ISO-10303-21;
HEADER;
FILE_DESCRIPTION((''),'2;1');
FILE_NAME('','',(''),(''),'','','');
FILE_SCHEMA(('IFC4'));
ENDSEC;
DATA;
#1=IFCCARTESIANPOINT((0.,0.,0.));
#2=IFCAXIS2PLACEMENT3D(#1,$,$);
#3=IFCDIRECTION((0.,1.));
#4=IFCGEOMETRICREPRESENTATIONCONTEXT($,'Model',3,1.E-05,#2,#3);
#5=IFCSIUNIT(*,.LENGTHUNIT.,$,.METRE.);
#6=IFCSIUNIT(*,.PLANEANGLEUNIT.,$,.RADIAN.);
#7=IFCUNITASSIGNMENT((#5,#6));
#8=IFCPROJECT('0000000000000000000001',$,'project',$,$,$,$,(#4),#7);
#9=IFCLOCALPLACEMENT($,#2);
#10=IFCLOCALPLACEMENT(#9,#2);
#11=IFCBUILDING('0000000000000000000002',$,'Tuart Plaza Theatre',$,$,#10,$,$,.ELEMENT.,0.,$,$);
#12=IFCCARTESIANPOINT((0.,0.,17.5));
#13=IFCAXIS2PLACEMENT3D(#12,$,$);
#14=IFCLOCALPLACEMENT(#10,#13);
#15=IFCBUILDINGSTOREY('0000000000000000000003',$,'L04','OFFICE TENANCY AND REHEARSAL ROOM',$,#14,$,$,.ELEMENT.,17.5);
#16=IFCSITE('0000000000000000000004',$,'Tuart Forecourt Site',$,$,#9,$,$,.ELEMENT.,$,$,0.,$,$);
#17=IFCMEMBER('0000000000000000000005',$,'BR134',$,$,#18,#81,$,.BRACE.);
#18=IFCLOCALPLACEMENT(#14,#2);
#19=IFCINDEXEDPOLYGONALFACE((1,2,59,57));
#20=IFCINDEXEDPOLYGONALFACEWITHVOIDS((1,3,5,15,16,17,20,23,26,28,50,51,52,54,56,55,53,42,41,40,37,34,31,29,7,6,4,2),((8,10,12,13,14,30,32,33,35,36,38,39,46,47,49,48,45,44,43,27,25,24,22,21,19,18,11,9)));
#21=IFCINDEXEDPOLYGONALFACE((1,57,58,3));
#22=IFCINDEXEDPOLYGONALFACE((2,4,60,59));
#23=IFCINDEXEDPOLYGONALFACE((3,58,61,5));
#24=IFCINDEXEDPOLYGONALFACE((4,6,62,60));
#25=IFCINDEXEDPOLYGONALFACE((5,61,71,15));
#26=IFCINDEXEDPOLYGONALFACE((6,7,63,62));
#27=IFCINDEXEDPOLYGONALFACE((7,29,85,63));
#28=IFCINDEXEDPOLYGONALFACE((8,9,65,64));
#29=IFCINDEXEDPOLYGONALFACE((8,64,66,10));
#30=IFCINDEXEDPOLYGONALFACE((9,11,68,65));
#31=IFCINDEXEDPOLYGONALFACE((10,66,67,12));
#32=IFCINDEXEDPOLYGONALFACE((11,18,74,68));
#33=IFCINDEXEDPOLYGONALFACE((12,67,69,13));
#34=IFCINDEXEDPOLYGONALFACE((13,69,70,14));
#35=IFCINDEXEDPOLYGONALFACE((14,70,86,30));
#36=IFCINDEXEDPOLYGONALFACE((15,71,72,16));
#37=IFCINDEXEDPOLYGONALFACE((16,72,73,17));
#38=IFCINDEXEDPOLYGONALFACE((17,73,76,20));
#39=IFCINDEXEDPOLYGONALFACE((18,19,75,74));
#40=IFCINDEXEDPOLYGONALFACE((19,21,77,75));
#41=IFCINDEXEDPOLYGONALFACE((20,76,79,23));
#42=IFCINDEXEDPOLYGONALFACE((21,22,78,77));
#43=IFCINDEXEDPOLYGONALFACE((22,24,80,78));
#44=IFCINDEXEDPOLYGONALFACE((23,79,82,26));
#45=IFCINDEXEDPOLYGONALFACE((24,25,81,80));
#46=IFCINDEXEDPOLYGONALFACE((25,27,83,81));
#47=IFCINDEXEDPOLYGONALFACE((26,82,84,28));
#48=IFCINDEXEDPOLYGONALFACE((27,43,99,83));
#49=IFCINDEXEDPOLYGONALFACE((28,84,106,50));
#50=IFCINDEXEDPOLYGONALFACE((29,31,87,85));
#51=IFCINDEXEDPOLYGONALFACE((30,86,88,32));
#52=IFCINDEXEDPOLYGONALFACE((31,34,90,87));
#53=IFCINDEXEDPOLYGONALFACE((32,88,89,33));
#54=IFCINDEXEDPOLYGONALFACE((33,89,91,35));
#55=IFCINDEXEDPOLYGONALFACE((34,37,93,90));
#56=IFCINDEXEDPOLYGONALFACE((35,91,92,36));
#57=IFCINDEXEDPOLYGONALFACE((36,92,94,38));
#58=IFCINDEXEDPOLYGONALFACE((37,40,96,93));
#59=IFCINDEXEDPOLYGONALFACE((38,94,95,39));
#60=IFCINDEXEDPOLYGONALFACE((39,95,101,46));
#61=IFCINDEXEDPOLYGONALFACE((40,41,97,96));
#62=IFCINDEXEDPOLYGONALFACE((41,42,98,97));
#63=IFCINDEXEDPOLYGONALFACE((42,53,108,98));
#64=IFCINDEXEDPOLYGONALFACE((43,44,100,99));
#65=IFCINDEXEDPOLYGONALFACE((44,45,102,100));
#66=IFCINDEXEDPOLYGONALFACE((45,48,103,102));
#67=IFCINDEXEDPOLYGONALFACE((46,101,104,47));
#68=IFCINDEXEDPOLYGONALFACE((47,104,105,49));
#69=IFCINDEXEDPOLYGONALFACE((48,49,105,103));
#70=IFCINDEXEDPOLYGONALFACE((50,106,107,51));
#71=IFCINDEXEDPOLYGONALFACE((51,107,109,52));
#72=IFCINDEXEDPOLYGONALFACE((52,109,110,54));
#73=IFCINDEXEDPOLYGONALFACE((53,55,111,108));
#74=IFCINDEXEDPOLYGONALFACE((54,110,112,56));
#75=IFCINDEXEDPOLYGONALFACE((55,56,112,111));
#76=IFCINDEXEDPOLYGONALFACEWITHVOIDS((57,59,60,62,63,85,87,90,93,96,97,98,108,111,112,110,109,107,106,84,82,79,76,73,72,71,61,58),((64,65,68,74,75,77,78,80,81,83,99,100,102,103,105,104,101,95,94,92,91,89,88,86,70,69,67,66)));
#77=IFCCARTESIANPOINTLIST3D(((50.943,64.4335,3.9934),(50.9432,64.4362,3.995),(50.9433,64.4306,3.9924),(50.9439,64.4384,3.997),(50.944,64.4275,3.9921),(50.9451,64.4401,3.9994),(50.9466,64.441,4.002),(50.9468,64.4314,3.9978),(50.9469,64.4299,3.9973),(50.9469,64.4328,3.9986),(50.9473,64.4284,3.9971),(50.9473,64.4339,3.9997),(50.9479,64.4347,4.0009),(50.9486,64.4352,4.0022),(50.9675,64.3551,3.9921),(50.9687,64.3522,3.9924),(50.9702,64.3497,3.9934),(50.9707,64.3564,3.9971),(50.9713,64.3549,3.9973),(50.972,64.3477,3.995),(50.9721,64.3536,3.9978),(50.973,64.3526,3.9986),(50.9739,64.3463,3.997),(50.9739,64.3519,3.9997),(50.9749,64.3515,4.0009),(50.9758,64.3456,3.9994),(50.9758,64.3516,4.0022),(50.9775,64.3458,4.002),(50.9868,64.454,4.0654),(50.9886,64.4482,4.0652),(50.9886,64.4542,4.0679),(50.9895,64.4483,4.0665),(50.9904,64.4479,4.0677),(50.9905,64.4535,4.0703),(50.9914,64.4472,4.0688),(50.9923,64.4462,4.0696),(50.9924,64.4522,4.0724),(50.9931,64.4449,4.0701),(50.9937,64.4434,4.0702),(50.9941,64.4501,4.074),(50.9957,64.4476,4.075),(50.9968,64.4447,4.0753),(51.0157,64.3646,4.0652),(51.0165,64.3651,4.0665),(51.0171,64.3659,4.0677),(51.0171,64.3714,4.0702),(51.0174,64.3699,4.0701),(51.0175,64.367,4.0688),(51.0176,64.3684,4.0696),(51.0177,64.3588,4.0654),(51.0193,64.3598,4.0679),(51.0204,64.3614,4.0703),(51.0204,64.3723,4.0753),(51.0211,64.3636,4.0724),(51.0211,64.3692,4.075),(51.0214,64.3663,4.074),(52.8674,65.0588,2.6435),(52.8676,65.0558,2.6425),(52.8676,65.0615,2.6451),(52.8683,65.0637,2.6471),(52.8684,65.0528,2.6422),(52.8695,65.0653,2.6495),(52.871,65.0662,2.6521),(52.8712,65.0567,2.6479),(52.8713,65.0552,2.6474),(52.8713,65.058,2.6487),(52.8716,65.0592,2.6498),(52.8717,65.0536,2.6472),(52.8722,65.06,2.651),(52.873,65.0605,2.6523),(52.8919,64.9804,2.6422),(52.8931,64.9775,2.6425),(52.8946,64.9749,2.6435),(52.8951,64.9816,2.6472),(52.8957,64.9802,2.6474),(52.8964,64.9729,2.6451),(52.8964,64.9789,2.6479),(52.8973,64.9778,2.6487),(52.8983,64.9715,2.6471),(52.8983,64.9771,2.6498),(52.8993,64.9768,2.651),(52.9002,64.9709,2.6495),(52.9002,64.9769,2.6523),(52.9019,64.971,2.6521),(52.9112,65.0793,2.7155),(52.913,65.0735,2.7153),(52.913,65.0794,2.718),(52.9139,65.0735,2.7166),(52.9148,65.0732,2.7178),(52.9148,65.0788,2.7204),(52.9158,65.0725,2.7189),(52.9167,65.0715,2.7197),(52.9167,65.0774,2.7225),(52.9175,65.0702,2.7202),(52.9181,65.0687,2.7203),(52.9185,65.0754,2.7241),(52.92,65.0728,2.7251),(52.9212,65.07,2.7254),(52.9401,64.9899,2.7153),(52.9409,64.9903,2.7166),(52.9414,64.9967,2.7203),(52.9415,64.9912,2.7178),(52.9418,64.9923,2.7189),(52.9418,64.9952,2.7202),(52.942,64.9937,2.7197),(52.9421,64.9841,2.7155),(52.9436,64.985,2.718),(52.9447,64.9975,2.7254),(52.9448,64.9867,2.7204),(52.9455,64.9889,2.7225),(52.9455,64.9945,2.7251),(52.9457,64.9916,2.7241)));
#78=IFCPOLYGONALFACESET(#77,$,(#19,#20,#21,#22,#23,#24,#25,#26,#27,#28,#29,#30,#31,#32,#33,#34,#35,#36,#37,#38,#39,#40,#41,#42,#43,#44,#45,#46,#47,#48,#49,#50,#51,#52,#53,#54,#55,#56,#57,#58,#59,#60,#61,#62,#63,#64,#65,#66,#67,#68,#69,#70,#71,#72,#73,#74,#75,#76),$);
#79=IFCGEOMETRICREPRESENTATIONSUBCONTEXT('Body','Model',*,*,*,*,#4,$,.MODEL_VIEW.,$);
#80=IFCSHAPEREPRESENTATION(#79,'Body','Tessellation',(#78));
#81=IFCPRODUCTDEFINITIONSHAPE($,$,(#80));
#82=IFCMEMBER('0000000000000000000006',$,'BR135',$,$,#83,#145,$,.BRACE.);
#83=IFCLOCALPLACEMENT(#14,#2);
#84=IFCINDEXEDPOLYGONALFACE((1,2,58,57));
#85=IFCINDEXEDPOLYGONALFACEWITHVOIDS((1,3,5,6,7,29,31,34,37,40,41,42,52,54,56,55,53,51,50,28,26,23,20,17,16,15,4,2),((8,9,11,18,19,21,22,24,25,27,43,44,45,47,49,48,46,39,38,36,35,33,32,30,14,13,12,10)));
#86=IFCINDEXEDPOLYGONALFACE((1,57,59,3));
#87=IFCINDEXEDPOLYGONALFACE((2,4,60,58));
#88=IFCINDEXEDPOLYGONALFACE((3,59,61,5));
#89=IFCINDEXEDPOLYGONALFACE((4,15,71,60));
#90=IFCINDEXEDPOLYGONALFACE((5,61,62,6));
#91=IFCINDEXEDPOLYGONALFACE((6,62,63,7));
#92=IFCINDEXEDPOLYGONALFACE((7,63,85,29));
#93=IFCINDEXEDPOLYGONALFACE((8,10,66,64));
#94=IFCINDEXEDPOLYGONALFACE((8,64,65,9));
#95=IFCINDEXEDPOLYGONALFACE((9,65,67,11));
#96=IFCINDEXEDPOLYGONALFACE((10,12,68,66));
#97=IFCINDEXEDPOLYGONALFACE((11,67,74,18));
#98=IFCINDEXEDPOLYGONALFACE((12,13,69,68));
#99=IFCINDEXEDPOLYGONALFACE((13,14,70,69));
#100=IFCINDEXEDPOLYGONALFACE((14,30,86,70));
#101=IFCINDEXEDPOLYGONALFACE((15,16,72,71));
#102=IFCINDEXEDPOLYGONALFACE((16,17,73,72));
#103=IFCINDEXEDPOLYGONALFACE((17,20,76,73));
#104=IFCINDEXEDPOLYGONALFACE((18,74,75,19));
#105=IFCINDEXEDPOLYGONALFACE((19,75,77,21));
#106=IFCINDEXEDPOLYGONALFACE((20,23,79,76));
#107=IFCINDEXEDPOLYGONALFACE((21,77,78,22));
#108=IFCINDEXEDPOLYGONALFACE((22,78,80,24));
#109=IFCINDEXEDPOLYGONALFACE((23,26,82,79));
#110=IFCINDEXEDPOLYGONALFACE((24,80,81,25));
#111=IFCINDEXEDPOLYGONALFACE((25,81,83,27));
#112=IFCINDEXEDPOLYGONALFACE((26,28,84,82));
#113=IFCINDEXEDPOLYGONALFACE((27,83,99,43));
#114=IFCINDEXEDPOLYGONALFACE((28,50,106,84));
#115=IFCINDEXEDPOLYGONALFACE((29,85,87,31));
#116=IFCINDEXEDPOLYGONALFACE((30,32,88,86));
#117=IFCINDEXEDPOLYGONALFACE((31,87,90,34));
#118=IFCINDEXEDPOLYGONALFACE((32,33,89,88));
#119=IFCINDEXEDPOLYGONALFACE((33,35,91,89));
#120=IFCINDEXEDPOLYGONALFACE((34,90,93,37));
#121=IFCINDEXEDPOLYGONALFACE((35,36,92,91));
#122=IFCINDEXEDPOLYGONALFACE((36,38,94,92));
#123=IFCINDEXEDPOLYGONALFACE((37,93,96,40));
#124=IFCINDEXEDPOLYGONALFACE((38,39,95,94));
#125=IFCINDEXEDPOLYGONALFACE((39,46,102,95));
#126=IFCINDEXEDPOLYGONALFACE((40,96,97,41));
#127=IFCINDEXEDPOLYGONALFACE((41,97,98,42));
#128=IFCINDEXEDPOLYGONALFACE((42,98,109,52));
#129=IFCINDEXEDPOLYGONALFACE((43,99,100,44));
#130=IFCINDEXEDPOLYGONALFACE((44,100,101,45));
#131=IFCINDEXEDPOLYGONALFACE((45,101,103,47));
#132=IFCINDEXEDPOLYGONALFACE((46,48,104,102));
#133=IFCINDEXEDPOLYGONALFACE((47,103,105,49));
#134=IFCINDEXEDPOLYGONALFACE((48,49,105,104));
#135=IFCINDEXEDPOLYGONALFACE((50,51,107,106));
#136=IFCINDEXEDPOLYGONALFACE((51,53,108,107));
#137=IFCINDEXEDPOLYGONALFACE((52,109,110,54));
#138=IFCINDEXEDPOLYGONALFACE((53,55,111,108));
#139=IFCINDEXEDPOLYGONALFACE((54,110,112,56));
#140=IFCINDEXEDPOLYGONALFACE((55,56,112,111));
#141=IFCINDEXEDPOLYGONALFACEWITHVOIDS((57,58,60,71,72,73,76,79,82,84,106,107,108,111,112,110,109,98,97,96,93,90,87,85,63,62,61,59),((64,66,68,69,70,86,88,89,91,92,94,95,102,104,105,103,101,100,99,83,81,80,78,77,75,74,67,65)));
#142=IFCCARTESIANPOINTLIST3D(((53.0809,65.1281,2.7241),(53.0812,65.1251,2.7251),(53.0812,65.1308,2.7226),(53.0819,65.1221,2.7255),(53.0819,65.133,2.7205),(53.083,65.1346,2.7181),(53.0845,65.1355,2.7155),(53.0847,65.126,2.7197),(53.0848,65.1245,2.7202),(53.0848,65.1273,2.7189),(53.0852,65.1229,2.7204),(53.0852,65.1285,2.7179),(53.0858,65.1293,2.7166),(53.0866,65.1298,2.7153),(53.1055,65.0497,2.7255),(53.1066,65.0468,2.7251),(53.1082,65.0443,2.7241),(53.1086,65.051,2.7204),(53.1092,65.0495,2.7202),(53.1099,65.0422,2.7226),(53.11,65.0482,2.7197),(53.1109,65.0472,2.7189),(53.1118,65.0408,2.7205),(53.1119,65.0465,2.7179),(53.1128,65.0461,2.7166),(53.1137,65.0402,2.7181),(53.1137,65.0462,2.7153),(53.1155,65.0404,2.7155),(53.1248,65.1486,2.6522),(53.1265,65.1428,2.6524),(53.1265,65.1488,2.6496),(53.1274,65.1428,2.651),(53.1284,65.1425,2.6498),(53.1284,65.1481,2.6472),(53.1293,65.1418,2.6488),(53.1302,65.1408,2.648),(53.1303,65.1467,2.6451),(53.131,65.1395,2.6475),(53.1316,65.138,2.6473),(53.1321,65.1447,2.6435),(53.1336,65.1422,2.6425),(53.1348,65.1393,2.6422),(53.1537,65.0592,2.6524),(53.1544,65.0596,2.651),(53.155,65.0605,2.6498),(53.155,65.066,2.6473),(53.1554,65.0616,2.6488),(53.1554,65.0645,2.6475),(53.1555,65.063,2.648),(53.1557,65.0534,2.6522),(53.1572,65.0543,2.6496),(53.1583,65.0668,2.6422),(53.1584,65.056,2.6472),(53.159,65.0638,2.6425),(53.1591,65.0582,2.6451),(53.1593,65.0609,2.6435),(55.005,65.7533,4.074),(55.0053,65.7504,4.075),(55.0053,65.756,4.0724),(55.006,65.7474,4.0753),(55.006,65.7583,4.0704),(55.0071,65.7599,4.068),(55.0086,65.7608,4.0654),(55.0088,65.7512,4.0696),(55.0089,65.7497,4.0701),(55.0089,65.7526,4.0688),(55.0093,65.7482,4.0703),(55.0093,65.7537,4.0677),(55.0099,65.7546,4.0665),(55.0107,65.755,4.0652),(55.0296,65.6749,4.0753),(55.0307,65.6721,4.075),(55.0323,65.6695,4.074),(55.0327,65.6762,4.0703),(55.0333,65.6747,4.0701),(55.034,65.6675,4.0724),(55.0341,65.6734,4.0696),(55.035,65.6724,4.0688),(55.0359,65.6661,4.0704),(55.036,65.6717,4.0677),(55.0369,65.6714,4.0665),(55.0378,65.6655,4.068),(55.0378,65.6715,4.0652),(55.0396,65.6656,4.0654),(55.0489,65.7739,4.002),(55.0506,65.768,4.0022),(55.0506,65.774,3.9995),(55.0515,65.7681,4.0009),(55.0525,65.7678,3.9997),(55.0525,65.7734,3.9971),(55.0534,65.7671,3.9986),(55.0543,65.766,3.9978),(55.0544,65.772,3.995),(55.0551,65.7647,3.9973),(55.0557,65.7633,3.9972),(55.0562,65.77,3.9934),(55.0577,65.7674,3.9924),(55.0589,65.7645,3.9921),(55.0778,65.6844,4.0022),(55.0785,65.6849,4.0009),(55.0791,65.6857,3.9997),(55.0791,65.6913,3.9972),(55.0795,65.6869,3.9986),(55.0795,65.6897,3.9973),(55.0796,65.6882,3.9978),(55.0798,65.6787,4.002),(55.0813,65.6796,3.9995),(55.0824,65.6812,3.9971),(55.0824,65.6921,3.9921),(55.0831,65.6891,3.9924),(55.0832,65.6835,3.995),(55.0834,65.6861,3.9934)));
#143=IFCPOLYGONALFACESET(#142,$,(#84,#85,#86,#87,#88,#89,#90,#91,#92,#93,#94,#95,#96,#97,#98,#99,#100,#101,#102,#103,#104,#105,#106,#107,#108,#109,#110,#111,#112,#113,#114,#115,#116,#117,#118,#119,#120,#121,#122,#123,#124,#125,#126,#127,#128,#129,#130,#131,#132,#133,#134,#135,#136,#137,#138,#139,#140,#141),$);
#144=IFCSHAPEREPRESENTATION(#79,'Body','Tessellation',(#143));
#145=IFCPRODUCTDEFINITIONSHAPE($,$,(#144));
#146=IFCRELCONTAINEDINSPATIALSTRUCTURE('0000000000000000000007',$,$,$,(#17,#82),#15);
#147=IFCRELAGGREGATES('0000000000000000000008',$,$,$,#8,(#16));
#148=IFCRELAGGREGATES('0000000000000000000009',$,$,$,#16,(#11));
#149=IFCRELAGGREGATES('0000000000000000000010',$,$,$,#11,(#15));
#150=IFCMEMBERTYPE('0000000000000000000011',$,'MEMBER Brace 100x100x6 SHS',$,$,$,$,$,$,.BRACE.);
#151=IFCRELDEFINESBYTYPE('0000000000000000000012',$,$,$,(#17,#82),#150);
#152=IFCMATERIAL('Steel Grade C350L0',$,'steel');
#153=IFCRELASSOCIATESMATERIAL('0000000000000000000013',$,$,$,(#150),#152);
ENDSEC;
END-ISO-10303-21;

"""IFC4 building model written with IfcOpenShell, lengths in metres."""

from ifc_helpers import new_model, si_unit, direction, frame, origin, origin_2d, place, context, subcontext, project, spatial, hollow_rectangle, extrude, material, material_profile, profile_set, type_object, element, save


model = new_model("IFC4")

# Units and contexts
model_context = context("Model", 3, precision=1e-05, world=origin(), true_north=direction((0.0, 1.0)))
body_context = subcontext(model_context, "Body", "Model", "MODEL_VIEW")
ifc_project = project(units=[si_unit("LENGTHUNIT", "METRE"), si_unit("PLANEANGLEUNIT", "RADIAN")], contexts=[model_context])

# Site, building, storey
site_placement = place(None, origin())
site = spatial("IfcSite", under=ifc_project, at=site_placement, Name="Tuart Forecourt Site", CompositionType="ELEMENT", RefElevation=0.0)
building_placement = place(site_placement, origin())
building = spatial("IfcBuilding", under=site, at=building_placement, Name="Tuart Plaza Theatre", CompositionType="ELEMENT", ElevationOfRefHeight=0.0)
storey_placement = place(building_placement, frame((0.0, 0.0, 17.5)))
storey = spatial("IfcBuildingStorey", under=building, at=storey_placement, Name="L04", Description="OFFICE TENANCY AND REHEARSAL ROOM", CompositionType="ELEMENT", Elevation=17.5)

# Members
ifc_material_1 = material(Name="Steel Grade C350L0", Category="steel")
ifc_material_profile_1 = material_profile(ifc_material_1, hollow_rectangle(XDim=0.1001, YDim=0.1001, WallThickness=0.0061, InnerFilletRadius=0.0061, OuterFilletRadius=0.012, at=origin_2d()), Name="100x100x6 SHS")
ifc_profile_set_1 = profile_set([ifc_material_profile_1], Name="Steel Grade C350L0")
member_type_1 = type_object("IfcMemberType", Name="MEMBER Brace 100x100x6 SHS", PredefinedType="BRACE", material=ifc_profile_set_1)
member_1_placement = place(storey_placement, frame((50.9822, 64.3999, 4.0337), z_axis=(0.791155, 0.25706, -0.554973), x_axis=(-0.309015, 0.951057, 0.0)))
element("IfcMember", 1, at=member_1_placement, inside=storey, type_object=member_type_1, Name="BR134", PredefinedType="BRACE", context=body_context, shape_type="SweptSolid", body=[
    extrude(hollow_rectangle(XDim=0.1001, YDim=0.1001, WallThickness=0.0061, InnerFilletRadius=0.0061, OuterFilletRadius=0.012, at=origin_2d()), origin(), (0.0, 0.0, 1.0), 2.4324),
])
for number, where, z_axis, x_axis, name in (
    (2, (53.1201, 65.0945, 2.6838), (0.791117, 0.25708, 0.555017), (-0.309051, 0.951046, 0.0), "BR135"),
):
    element("IfcMember", number, at=place(storey_placement, frame(where, z_axis=z_axis, x_axis=x_axis)), inside=storey, type_object=member_type_1, Name=name, PredefinedType="BRACE", context=body_context, shape_type="SweptSolid", body=[
        extrude(hollow_rectangle(XDim=0.1001, YDim=0.1001, WallThickness=0.0061, InnerFilletRadius=0.0061, OuterFilletRadius=0.012, at=origin_2d()), origin(), (0.0, 0.0, 1.0), 2.4321),
    ])

save(model, "model.ifc")
